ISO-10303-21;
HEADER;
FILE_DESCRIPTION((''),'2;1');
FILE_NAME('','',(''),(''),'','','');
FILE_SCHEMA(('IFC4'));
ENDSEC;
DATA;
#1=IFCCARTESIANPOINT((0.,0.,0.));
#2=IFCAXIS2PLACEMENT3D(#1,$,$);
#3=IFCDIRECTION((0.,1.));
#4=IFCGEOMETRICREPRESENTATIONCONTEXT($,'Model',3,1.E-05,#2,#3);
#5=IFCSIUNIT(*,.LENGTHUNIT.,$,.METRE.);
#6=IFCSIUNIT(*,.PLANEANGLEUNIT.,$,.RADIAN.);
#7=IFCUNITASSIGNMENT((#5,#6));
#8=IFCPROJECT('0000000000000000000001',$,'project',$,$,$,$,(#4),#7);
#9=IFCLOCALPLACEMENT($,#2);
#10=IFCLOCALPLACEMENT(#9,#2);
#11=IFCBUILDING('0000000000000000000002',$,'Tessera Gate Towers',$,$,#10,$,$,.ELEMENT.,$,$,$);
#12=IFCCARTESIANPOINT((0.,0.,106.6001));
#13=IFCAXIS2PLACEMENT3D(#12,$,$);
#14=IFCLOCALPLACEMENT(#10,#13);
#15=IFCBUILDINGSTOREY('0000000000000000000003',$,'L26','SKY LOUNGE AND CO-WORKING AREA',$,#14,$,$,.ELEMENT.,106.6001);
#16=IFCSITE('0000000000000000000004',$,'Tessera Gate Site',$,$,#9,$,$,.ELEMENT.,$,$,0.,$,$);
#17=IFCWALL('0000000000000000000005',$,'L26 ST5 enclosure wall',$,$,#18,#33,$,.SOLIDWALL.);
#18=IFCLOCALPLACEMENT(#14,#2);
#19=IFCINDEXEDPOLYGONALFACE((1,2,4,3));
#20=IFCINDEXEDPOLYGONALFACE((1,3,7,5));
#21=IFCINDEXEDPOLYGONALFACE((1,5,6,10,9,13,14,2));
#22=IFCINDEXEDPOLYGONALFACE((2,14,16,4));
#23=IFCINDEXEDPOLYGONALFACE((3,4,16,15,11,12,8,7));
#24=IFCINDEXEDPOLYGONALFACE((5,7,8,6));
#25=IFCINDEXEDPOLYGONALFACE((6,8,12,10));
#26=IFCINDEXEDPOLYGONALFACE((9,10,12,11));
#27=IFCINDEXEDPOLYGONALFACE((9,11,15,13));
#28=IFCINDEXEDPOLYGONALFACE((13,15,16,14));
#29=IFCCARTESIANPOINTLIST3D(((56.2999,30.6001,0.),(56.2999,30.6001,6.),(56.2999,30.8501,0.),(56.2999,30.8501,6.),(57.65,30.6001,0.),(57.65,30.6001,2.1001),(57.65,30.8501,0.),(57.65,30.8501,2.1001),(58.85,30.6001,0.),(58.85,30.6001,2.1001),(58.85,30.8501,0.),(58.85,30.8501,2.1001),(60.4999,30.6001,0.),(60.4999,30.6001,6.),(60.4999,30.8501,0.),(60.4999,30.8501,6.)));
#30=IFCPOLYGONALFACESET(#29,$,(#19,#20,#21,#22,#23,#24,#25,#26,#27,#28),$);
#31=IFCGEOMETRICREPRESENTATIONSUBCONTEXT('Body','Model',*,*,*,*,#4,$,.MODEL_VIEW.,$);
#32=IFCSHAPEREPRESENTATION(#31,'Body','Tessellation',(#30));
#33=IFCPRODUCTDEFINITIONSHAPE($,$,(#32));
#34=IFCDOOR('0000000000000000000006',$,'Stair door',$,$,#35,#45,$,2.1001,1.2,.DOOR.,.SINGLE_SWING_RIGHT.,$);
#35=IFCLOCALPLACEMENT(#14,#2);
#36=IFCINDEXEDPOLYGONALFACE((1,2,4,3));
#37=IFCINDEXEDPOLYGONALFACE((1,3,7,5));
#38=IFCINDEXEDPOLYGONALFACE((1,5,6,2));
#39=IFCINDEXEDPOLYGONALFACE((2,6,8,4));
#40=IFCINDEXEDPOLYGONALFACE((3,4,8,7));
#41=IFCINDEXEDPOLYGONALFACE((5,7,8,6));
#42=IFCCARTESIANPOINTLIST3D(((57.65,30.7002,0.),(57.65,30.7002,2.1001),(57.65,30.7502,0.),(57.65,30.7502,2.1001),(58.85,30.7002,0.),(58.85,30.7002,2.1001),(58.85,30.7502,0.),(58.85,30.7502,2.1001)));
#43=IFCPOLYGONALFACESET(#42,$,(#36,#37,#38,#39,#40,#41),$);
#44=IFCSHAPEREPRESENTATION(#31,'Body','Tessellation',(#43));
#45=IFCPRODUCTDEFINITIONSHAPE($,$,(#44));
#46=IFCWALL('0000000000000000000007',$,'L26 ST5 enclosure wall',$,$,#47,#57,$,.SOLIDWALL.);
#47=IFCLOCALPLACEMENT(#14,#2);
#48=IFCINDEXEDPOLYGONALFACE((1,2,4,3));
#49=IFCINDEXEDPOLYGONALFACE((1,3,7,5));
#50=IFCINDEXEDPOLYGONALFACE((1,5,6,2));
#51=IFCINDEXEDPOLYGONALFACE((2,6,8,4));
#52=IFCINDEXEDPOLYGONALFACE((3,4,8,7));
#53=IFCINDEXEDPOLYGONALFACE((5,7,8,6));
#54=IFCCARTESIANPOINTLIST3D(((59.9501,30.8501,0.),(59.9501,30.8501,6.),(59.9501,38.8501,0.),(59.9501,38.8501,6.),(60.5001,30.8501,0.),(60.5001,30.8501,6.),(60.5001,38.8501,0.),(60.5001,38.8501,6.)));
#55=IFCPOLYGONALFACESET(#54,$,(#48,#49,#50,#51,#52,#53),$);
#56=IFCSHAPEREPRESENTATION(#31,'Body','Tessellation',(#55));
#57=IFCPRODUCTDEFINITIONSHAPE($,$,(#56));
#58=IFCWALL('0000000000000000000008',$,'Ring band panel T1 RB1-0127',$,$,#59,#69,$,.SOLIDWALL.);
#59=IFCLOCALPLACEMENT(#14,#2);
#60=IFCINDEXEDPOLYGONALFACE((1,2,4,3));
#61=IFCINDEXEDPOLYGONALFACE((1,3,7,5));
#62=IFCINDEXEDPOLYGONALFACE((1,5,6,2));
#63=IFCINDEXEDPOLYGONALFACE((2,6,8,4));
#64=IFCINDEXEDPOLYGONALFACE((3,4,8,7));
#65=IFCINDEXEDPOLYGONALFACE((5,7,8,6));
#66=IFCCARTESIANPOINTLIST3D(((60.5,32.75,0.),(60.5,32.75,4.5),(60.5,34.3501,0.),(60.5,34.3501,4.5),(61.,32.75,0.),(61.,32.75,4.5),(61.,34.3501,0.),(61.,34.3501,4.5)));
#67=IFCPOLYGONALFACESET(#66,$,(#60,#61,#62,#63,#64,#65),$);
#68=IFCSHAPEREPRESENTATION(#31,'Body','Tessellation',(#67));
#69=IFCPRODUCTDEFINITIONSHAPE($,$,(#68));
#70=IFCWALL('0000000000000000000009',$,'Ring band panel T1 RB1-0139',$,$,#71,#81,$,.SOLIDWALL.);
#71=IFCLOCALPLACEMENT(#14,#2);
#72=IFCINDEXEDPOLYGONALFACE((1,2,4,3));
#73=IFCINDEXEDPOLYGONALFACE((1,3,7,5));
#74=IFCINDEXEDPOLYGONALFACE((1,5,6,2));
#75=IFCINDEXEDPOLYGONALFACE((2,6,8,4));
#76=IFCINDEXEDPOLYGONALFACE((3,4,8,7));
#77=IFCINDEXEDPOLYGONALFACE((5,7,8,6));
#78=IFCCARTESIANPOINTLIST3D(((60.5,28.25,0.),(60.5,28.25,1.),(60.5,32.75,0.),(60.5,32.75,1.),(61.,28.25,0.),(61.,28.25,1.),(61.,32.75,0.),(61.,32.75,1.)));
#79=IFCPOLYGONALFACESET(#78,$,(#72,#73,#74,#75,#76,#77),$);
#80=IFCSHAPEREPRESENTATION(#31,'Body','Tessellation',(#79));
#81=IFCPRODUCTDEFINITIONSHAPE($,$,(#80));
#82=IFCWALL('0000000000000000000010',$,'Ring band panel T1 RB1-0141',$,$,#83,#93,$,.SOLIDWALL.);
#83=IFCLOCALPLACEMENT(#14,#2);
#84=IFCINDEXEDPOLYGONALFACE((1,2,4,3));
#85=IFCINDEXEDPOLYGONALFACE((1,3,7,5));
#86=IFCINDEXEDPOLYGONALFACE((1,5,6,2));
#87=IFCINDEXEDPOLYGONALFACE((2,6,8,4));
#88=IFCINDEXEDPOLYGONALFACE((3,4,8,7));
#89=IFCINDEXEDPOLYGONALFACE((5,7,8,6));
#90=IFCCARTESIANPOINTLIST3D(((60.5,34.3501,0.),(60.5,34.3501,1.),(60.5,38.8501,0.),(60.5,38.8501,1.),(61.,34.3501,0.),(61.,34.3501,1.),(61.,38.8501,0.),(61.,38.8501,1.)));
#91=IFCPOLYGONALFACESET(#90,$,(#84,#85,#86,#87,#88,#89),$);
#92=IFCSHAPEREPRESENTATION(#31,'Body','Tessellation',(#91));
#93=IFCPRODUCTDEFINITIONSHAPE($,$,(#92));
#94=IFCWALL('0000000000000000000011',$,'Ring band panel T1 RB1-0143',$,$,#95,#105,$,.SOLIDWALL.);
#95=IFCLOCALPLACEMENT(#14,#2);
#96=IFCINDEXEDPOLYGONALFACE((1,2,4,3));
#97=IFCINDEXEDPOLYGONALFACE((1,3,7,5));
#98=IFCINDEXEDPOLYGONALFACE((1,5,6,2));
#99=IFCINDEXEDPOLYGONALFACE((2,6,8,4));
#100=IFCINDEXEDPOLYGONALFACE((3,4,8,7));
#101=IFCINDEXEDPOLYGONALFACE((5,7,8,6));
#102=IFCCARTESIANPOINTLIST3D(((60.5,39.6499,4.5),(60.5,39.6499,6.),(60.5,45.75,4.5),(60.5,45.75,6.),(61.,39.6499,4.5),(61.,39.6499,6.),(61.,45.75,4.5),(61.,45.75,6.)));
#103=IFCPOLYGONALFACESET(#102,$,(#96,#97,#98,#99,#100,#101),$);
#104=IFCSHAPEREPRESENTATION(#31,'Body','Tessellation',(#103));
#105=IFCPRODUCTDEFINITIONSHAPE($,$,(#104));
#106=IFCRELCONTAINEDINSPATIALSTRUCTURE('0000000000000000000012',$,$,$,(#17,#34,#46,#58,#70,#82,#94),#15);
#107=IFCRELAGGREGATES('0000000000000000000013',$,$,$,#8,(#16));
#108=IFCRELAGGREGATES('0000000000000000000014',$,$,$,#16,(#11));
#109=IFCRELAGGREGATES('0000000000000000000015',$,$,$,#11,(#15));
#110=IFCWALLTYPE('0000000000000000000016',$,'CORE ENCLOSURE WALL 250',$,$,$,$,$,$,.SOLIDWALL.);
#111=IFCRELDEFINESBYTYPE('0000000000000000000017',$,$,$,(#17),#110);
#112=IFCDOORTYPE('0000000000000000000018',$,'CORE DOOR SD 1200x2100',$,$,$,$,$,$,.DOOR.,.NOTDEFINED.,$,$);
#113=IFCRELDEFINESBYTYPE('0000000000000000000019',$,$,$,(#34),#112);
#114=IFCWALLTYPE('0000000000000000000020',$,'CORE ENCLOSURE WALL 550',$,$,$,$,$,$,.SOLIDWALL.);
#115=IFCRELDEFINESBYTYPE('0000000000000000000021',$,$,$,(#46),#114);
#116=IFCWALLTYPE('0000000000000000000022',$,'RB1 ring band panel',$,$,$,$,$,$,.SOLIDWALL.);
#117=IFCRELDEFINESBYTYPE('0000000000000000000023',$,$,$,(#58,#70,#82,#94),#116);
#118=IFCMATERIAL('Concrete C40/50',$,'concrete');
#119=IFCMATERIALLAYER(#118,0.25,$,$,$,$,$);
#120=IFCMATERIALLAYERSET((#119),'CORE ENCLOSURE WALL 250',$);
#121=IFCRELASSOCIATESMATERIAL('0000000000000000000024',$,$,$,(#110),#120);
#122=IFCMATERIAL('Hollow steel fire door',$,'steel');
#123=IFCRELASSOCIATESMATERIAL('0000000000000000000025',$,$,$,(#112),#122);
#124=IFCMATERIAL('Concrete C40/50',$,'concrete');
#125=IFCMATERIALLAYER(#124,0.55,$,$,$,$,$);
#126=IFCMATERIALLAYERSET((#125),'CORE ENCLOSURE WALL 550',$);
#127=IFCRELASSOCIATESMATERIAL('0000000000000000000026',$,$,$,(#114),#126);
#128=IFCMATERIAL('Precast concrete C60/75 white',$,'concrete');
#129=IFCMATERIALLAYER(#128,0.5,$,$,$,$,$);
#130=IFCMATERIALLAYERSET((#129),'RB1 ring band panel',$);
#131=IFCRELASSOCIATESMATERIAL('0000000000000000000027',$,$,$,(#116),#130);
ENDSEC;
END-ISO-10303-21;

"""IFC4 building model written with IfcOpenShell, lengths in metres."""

from ifc_helpers import new_model, si_unit, direction, frame, frame_2d, origin, place, context, subcontext, project, spatial, polyline, rectangle, outline, extrude, source, transform, mapped, material, layer, layer_set, type_object, element, fill, save


model = new_model("IFC4")

# Units and contexts
model_context = context("Model", 3, precision=1e-05, world=origin(), true_north=direction((0.0, 1.0)))
body_context = subcontext(model_context, "Body", "Model", "MODEL_VIEW")
ifc_project = project(units=[si_unit("LENGTHUNIT", "METRE"), si_unit("PLANEANGLEUNIT", "RADIAN")], contexts=[model_context])

# Site, building, storey
site_placement = place(None, origin())
site = spatial("IfcSite", under=ifc_project, at=site_placement, Name="Tessera Gate Site", CompositionType="ELEMENT", RefElevation=0.0)
building_placement = place(site_placement, origin())
building = spatial("IfcBuilding", under=site, at=building_placement, Name="Tessera Gate Towers", CompositionType="ELEMENT")
storey_placement = place(building_placement, frame((0.0, 0.0, 106.6001)))
storey = spatial("IfcBuildingStorey", under=building, at=storey_placement, Name="L26", Description="SKY LOUNGE AND CO-WORKING AREA", CompositionType="ELEMENT", Elevation=106.6001)

# Wall, opening, door
ifc_material_1 = material(Name="Concrete C40/50", Category="concrete")
ifc_layer_1 = layer(ifc_material_1, 0.25)
ifc_layer_set_1 = layer_set([ifc_layer_1], Name="CORE ENCLOSURE WALL 250")
wall_type_1 = type_object("IfcWallType", Name="CORE ENCLOSURE WALL 250", PredefinedType="SOLIDWALL", material=ifc_layer_set_1)
wall_1_placement = place(storey_placement, frame((60.5, 30.7251, 0.0), z_axis=(0.0, 0.0, 1.0), x_axis=(-1.0, 0.0, 0.0)))
wall_1 = element("IfcWall", 1, at=wall_1_placement, inside=storey, type_object=wall_type_1, Name="L26 ST5 enclosure wall", PredefinedType="SOLIDWALL", context=body_context, shape_type="SweptSolid", body=[
    extrude(rectangle(XDim=4.2, YDim=0.25, at=frame_2d((2.1001, 0.0))), origin(), (0.0, 0.0, 1.0), 6.0),
])
shared_shape_1 = source(origin(), body_context, "Body", "SweptSolid", [
    extrude(rectangle(XDim=1.2, YDim=2.1001, at=frame_2d((0.6001, 1.05))), frame((0.0, 0.135, 0.0), z_axis=(0.0, -1.0, 0.0), x_axis=(1.0, 0.0, 0.0)), (0.0, 0.0, 1.0), 0.27),
])
opening_placement = place(wall_1_placement, frame((1.6499, 0.0, 0.0)))
opening = element("IfcOpeningElement", 2, at=opening_placement, cuts=wall_1, PredefinedType="OPENING", context=body_context, shape_type="MappedRepresentation", body=[
    mapped(shared_shape_1, transform((0.0, 0.0, 0.0), scale=1.0)),
])
ifc_material_2 = material(Name="Hollow steel fire door", Category="steel")
door_type = type_object("IfcDoorType", Name="CORE DOOR SD 1200x2100", OperationType="NOTDEFINED", PredefinedType="DOOR", material=ifc_material_2)
shared_shape_2 = source(origin(), body_context, "Body", "SweptSolid", [
    extrude(rectangle(XDim=1.2, YDim=2.1001, at=frame_2d((0.6001, 1.05))), frame((0.0, 0.0249, 0.0), z_axis=(0.0, -1.0, 0.0), x_axis=(1.0, 0.0, 0.0)), (0.0, 0.0, 1.0), 0.05),
])
door_placement = place(opening_placement, origin())
door = element("IfcDoor", 3, at=door_placement, inside=storey, type_object=door_type, Name="Stair door", OperationType="SINGLE_SWING_RIGHT", OverallHeight=2.1001, OverallWidth=1.2, PredefinedType="DOOR", context=body_context, shape_type="MappedRepresentation", body=[
    mapped(shared_shape_2, transform((0.0, 0.0, 0.0), scale=1.0)),
])
fill(opening, door)

# Walls
ifc_material_3 = material(Name="Concrete C40/50", Category="concrete")
ifc_layer_2 = layer(ifc_material_3, 0.55)
ifc_layer_set_2 = layer_set([ifc_layer_2], Name="CORE ENCLOSURE WALL 550")
wall_type_2 = type_object("IfcWallType", Name="CORE ENCLOSURE WALL 550", PredefinedType="SOLIDWALL", material=ifc_layer_set_2)
wall_2_placement = place(storey_placement, frame((60.2251, 38.8501, 0.0), z_axis=(0.0, 0.0, 1.0), x_axis=(0.0, -1.0, 0.0)))
element("IfcWall", 4, at=wall_2_placement, inside=storey, type_object=wall_type_2, Name="L26 ST5 enclosure wall", PredefinedType="SOLIDWALL", context=body_context, shape_type="SweptSolid", body=[
    extrude(rectangle(XDim=8.0, YDim=0.55, at=frame_2d((4.0, 0.0))), origin(), (0.0, 0.0, 1.0), 6.0),
])
ifc_material_4 = material(Name="Precast concrete C60/75 white", Category="concrete")
ifc_layer_3 = layer(ifc_material_4, 0.5)
ifc_layer_set_3 = layer_set([ifc_layer_3], Name="RB1 ring band panel")
wall_type_3 = type_object("IfcWallType", Name="RB1 ring band panel", PredefinedType="SOLIDWALL", material=ifc_layer_set_3)
shared_shape_3 = source(origin(), body_context, "Body", "SweptSolid", [
    extrude(outline(polyline([(0.0, 0.0), (1.6001, 0.0), (1.6001, 4.5), (0.0, 4.5), (0.0, 0.0)])), frame((0.0, 0.25, 0.0), z_axis=(0.0, -1.0, 0.0), x_axis=(1.0, 0.0, 0.0)), (0.0, 0.0, 1.0), 0.5),
])
wall_3_placement = place(storey_placement, frame((60.75, 32.75, 0.0), z_axis=(0.0, 0.0, 1.0), x_axis=(0.0, 1.0, 0.0)))
element("IfcWall", 5, at=wall_3_placement, inside=storey, type_object=wall_type_3, Name="Ring band panel T1 RB1-0127", PredefinedType="SOLIDWALL", context=body_context, shape_type="MappedRepresentation", body=[
    mapped(shared_shape_3, transform((0.0, 0.0, 0.0), scale=1.0)),
])
shared_shape_4 = source(origin(), body_context, "Body", "SweptSolid", [
    extrude(outline(polyline([(0.0, 0.0), (4.5, 0.0), (4.5, 1.0), (0.0, 1.0), (0.0, 0.0)])), frame((0.0, 0.25, 0.0), z_axis=(0.0, -1.0, 0.0), x_axis=(1.0, 0.0, 0.0)), (0.0, 0.0, 1.0), 0.5),
])
for number, where, z_axis, x_axis, name in (
    (6, (60.75, 28.25, 0.0), (0.0, 0.0, 1.0), (0.0, 1.0, 0.0), "Ring band panel T1 RB1-0139"),
    (7, (60.75, 34.3501, 0.0), (0.0, 0.0, 1.0), (0.0, 1.0, 0.0), "Ring band panel T1 RB1-0141"),
):
    element("IfcWall", number, at=place(storey_placement, frame(where, z_axis=z_axis, x_axis=x_axis)), inside=storey, type_object=wall_type_3, Name=name, PredefinedType="SOLIDWALL", context=body_context, shape_type="MappedRepresentation", body=[
        mapped(shared_shape_4, transform((0.0, 0.0, 0.0), scale=1.0)),
    ])
shared_shape_5 = source(origin(), body_context, "Body", "SweptSolid", [
    extrude(outline(polyline([(0.0, 0.0), (6.1001, 0.0), (6.1001, 1.5), (0.0, 1.5), (0.0, 0.0)])), frame((0.0, 0.25, 0.0), z_axis=(0.0, -1.0, 0.0), x_axis=(1.0, 0.0, 0.0)), (0.0, 0.0, 1.0), 0.5),
])
wall_4_placement = place(storey_placement, frame((60.75, 39.6499, 4.5), z_axis=(0.0, 0.0, 1.0), x_axis=(0.0, 1.0, 0.0)))
element("IfcWall", 8, at=wall_4_placement, inside=storey, type_object=wall_type_3, Name="Ring band panel T1 RB1-0143", PredefinedType="SOLIDWALL", context=body_context, shape_type="MappedRepresentation", body=[
    mapped(shared_shape_5, transform((0.0, 0.0, 0.0), scale=1.0)),
])

save(model, "model.ifc")
